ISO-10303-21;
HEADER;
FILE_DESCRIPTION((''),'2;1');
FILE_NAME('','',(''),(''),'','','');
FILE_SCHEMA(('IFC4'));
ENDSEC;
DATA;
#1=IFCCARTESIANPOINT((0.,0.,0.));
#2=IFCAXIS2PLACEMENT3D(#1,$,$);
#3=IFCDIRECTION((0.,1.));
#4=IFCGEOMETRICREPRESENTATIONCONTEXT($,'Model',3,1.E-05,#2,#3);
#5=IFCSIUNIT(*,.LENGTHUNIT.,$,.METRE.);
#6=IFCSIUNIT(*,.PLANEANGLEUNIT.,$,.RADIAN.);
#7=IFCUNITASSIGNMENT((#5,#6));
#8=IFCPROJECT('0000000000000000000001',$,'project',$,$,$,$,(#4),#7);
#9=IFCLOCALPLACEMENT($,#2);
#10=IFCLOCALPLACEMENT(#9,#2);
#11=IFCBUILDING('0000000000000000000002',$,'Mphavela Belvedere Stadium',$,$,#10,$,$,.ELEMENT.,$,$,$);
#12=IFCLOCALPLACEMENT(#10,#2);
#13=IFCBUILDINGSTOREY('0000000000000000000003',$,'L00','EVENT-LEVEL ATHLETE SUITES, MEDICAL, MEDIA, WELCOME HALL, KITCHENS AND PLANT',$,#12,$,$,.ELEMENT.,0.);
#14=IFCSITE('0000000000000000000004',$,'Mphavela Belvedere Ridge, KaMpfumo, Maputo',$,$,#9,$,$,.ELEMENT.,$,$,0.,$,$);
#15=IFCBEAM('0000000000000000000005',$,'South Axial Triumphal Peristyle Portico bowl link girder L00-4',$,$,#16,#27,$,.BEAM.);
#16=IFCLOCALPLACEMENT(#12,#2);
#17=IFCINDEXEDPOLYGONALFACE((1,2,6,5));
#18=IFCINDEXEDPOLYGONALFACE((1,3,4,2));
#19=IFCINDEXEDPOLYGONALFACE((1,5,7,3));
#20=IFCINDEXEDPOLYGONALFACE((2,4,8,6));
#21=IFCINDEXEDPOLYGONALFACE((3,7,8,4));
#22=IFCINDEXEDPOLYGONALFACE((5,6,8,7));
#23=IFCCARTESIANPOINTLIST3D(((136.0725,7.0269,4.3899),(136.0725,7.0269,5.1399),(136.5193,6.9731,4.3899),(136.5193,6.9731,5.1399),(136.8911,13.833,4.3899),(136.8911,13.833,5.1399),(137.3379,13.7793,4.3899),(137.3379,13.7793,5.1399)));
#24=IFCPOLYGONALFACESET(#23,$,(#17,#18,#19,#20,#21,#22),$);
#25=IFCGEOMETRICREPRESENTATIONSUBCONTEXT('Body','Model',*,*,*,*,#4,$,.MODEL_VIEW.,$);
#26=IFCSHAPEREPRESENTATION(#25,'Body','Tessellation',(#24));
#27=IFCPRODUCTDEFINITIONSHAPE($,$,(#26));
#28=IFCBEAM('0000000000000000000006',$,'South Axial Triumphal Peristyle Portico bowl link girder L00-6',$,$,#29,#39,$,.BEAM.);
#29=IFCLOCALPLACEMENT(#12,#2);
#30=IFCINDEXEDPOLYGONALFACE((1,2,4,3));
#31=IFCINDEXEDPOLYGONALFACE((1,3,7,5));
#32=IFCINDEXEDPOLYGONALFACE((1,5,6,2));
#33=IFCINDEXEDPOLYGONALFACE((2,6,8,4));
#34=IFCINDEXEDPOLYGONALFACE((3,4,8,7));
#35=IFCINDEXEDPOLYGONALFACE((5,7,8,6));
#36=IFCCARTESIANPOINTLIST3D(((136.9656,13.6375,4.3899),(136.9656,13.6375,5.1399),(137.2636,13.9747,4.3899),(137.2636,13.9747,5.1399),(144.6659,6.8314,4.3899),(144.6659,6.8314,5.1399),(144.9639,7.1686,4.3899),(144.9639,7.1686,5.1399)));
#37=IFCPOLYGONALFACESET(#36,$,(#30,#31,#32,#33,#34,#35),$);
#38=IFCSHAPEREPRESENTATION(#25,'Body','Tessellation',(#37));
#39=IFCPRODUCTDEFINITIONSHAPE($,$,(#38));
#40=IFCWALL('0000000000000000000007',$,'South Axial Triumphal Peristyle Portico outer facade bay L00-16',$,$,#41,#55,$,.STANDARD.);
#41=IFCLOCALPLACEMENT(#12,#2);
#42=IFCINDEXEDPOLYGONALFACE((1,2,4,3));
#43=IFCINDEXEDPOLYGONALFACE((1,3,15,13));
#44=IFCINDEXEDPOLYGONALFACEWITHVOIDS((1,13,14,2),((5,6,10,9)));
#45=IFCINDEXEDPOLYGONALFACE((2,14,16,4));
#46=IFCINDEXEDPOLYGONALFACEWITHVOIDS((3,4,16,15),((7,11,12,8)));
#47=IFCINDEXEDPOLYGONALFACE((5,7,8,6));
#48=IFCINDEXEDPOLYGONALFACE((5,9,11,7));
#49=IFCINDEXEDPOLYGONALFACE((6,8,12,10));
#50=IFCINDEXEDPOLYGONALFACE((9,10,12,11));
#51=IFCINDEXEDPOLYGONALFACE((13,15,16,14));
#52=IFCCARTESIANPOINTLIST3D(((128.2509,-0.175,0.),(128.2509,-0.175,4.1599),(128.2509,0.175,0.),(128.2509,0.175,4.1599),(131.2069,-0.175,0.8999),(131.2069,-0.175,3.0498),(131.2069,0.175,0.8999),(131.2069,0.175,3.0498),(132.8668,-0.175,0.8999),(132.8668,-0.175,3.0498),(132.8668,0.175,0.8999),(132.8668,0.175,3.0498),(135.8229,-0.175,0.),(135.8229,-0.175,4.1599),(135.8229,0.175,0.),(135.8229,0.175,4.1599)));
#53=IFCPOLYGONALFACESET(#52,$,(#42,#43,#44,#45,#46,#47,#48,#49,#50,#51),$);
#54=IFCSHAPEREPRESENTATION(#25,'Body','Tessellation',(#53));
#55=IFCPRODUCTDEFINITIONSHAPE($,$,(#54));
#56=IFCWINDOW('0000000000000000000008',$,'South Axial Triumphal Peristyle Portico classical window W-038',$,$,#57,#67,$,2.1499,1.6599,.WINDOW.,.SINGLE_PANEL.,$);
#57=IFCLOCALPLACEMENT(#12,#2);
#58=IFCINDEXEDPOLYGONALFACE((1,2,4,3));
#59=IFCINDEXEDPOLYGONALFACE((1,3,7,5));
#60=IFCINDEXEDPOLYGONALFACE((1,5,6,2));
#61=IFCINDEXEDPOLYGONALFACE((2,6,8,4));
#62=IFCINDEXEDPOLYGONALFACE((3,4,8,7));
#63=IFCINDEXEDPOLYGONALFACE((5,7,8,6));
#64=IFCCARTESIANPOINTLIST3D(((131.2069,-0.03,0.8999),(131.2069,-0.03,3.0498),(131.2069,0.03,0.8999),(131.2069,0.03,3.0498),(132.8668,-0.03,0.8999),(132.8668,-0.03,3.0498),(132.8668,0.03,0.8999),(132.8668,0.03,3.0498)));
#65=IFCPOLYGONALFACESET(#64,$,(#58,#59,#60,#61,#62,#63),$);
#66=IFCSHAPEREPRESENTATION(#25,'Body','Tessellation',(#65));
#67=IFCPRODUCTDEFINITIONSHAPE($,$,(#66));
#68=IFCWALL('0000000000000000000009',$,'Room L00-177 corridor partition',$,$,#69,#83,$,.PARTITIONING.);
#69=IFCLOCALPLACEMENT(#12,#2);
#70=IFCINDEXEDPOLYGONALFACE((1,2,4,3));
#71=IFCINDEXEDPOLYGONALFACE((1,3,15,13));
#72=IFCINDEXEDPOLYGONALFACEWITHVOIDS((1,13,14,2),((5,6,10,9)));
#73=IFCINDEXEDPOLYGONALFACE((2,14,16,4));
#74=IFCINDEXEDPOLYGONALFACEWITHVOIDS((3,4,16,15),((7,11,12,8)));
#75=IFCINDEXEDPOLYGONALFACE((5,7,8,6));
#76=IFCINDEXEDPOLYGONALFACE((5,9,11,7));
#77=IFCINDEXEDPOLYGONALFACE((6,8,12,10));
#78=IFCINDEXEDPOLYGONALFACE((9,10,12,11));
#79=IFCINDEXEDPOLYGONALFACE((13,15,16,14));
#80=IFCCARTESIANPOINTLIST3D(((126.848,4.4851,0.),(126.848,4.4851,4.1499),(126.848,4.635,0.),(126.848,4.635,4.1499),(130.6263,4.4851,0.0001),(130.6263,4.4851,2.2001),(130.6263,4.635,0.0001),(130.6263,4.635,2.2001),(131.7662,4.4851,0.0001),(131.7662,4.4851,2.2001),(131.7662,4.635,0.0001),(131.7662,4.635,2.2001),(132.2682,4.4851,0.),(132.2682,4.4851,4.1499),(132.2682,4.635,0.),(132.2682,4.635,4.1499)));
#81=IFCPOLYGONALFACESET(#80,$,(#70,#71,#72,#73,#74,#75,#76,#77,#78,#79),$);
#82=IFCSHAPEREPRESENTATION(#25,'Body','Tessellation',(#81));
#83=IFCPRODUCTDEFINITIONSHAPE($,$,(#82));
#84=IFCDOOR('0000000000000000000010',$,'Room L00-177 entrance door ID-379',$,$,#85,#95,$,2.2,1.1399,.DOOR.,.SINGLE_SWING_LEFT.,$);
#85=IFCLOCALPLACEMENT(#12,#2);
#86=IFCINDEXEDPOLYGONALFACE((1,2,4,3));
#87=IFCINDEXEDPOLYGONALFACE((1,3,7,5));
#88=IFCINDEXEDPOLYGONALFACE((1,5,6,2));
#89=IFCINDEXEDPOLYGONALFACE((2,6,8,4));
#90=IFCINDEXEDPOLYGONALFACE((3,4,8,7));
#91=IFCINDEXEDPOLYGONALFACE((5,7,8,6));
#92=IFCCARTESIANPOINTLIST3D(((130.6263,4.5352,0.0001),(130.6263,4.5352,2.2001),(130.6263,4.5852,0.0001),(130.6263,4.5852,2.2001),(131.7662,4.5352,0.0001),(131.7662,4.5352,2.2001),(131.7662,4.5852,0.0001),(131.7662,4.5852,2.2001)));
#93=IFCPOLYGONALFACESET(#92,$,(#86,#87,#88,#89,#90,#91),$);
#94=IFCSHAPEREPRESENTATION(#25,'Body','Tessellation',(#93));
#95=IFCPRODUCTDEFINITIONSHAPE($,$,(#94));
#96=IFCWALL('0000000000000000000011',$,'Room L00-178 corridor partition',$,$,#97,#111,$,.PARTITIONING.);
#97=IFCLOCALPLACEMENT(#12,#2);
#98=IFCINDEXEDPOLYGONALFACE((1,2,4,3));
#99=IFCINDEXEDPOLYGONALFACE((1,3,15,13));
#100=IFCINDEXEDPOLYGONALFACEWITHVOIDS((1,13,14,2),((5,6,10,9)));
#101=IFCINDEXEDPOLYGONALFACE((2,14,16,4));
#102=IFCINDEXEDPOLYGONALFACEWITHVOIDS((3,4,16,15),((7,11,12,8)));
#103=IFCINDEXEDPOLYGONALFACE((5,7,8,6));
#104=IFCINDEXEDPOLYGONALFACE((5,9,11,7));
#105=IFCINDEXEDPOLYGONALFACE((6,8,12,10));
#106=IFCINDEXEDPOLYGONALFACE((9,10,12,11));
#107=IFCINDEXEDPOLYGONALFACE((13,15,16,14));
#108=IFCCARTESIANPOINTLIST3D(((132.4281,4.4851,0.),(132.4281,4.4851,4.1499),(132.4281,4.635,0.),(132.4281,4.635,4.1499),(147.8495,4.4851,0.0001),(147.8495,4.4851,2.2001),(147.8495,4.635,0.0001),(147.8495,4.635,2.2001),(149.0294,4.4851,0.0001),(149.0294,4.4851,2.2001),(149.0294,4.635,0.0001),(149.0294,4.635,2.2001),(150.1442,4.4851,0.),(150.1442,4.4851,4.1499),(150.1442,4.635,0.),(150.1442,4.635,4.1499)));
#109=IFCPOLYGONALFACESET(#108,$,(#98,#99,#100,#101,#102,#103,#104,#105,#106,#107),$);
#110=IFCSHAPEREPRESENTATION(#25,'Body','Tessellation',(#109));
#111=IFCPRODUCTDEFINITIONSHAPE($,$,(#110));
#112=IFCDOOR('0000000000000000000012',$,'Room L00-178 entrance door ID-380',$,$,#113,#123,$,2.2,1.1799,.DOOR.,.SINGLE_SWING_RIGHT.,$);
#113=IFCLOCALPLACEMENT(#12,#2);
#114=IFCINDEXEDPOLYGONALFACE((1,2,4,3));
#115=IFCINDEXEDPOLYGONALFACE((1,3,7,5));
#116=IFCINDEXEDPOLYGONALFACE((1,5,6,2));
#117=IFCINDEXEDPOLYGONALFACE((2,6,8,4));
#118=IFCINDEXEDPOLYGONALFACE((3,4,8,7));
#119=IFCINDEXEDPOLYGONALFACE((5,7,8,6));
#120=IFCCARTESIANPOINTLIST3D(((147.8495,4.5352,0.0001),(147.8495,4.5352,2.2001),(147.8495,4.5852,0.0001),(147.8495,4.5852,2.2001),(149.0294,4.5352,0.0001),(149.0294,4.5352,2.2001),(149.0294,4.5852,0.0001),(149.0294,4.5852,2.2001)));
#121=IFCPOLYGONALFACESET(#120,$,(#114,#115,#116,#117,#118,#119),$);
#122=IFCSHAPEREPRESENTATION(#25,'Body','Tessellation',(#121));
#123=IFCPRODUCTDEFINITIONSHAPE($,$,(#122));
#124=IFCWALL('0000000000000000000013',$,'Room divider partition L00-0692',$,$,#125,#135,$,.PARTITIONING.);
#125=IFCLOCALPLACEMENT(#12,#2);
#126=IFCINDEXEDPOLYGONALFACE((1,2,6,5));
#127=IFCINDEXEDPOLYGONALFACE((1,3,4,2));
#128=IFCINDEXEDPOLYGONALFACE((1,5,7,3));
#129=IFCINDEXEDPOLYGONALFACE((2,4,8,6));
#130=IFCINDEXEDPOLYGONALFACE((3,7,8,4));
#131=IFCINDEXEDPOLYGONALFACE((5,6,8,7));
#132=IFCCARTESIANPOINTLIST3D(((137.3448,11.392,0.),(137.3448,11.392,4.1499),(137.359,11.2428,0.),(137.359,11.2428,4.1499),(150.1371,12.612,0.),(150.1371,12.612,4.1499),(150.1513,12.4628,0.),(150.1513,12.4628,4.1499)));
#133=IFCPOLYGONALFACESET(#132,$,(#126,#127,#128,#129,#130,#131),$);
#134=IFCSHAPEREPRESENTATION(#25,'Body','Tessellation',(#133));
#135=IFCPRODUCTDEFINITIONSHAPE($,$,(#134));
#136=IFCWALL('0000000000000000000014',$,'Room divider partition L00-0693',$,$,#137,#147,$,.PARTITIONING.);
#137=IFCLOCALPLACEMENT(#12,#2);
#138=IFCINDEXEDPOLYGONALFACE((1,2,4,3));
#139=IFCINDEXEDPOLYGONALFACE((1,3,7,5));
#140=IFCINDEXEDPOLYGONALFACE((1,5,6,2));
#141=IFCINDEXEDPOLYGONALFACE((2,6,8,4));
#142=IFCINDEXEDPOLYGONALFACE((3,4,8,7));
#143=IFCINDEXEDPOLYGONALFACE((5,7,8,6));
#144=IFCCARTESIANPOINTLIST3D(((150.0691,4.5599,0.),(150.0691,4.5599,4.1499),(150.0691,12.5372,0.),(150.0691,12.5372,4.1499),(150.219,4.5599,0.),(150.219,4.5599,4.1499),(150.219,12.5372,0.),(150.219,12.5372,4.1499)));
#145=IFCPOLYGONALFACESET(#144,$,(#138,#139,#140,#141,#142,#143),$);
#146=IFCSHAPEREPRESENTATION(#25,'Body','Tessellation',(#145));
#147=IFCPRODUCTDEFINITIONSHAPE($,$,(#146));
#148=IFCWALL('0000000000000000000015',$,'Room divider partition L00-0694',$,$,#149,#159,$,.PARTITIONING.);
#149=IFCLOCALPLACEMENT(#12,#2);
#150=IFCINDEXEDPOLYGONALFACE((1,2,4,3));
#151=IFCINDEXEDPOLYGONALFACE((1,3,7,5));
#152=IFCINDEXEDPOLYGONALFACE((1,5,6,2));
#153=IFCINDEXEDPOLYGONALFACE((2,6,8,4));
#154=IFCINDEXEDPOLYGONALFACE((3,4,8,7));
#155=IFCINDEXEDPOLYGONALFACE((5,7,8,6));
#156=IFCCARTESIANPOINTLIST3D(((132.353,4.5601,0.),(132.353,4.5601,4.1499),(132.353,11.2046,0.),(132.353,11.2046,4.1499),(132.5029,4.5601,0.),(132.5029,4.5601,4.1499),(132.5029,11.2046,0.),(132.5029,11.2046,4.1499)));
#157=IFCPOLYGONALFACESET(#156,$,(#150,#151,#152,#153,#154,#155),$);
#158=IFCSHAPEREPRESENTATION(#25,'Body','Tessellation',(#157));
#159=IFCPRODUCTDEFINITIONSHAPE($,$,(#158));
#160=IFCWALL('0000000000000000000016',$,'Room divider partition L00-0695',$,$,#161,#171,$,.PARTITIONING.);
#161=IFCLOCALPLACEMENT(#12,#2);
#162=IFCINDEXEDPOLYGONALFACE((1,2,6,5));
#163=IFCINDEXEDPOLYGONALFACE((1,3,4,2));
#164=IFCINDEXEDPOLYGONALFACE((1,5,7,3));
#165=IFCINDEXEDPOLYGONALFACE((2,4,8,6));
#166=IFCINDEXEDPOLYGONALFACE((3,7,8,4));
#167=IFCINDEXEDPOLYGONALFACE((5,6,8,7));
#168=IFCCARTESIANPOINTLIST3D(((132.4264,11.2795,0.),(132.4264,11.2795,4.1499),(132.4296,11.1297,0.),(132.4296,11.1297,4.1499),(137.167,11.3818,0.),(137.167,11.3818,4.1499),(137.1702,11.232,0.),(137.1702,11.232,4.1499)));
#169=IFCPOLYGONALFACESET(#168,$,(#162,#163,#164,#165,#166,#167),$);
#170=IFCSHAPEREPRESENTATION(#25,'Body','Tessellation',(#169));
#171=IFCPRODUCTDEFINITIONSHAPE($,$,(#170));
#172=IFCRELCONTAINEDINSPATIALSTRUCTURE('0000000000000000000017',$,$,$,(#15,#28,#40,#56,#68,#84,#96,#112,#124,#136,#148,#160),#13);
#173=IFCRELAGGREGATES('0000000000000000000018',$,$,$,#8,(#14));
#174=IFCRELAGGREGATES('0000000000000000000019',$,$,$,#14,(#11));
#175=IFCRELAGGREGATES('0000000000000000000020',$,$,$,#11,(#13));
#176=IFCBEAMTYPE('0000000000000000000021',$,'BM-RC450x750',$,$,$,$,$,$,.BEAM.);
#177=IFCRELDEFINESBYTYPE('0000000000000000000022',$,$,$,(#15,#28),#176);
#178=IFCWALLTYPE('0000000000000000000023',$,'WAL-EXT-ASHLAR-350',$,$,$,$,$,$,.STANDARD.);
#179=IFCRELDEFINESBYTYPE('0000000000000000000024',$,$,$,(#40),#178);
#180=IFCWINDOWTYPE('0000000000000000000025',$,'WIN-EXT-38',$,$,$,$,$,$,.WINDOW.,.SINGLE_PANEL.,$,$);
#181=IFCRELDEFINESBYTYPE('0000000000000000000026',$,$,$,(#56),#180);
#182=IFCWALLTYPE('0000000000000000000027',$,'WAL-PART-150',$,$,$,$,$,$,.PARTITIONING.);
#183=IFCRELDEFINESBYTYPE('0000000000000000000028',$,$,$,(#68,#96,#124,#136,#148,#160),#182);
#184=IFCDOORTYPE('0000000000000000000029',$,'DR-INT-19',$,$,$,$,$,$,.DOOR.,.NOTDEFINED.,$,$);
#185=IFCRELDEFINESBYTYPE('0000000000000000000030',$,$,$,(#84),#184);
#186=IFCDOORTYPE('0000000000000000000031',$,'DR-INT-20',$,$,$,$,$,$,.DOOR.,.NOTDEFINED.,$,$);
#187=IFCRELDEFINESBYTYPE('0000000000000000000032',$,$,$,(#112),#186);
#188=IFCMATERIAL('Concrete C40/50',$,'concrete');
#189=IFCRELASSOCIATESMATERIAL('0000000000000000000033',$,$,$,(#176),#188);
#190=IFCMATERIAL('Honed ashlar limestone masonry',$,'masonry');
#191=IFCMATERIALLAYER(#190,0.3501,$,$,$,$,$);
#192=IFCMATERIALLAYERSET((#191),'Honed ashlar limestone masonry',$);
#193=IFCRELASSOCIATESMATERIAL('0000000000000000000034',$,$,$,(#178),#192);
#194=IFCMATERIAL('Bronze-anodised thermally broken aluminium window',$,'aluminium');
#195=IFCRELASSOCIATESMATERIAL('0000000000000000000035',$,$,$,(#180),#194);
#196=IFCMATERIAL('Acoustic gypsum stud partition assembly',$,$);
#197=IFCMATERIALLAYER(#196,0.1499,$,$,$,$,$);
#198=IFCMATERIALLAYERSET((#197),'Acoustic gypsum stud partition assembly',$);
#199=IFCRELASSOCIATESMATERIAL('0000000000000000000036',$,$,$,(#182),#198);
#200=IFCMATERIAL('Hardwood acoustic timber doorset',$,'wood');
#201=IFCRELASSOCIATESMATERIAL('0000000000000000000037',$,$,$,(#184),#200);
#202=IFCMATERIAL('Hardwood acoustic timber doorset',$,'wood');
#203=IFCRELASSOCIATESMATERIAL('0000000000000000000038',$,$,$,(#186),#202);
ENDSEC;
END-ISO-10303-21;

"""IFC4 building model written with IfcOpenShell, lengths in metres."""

from ifc_helpers import new_model, si_unit, direction, frame, frame_2d, origin, origin_2d, place, context, subcontext, project, spatial, rectangle, extrude, material, layer, layer_set, material_profile, profile_set, type_object, element, fill, save


model = new_model("IFC4")

# Units and contexts
model_context = context("Model", 3, precision=1e-05, world=origin(), true_north=direction((0.0, 1.0)))
body_context = subcontext(model_context, "Body", "Model", "MODEL_VIEW")
ifc_project = project(units=[si_unit("LENGTHUNIT", "METRE"), si_unit("PLANEANGLEUNIT", "RADIAN")], contexts=[model_context])

# Site, building, storey
site_placement = place(None, origin())
site = spatial("IfcSite", under=ifc_project, at=site_placement, Name="Mphavela Belvedere Ridge, KaMpfumo, Maputo", CompositionType="ELEMENT", RefElevation=0.0)
building_placement = place(site_placement, origin())
building = spatial("IfcBuilding", under=site, at=building_placement, Name="Mphavela Belvedere Stadium", CompositionType="ELEMENT")
storey_placement = place(building_placement, origin())
storey = spatial("IfcBuildingStorey", under=building, at=storey_placement, Name="L00", Description="EVENT-LEVEL ATHLETE SUITES, MEDICAL, MEDIA, WELCOME HALL, KITCHENS AND PLANT", CompositionType="ELEMENT", Elevation=0.0)

# Beams
ifc_material_1 = material(Name="Concrete C40/50", Category="concrete")
ifc_material_profile_1 = material_profile(ifc_material_1, rectangle(XDim=0.45, YDim=0.75, at=origin_2d()), Name="RC 450x750")
ifc_profile_set_1 = profile_set([ifc_material_profile_1], Name="Concrete C40/50")
beam_type_1 = type_object("IfcBeamType", Name="BM-RC450x750", PredefinedType="BEAM", material=ifc_profile_set_1)
beam_1_placement = place(storey_placement, frame((136.2959, 7.0, 4.7649), z_axis=(0.119413, 0.992845, 0.0), x_axis=(-0.992845, 0.119413, 0.0)))
element("IfcBeam", 1, at=beam_1_placement, inside=storey, type_object=beam_type_1, Name="South Axial Triumphal Peristyle Portico bowl link girder L00-4", PredefinedType="BEAM", context=body_context, shape_type="SweptSolid", body=[
    extrude(rectangle(XDim=0.45, YDim=0.75, at=origin_2d()), origin(), (0.0, 0.0, 1.0), 6.8552),
])
beam_2_placement = place(storey_placement, frame((144.8149, 7.0, 4.7649), z_axis=(-0.749275, 0.662259, 0.0), x_axis=(-0.662259, -0.749275, 0.0)))
element("IfcBeam", 2, at=beam_2_placement, inside=storey, type_object=beam_type_1, Name="South Axial Triumphal Peristyle Portico bowl link girder L00-6", PredefinedType="BEAM", context=body_context, shape_type="SweptSolid", body=[
    extrude(rectangle(XDim=0.45, YDim=0.75, at=origin_2d()), origin(), (0.0, 0.0, 1.0), 10.2771),
])

# Wall, opening, window
ifc_material_2 = material(Name="Honed ashlar limestone masonry", Category="masonry")
ifc_layer_1 = layer(ifc_material_2, 0.3501)
ifc_layer_set_1 = layer_set([ifc_layer_1], Name="Honed ashlar limestone masonry")
wall_type_1 = type_object("IfcWallType", Name="WAL-EXT-ASHLAR-350", PredefinedType="STANDARD", material=ifc_layer_set_1)
wall_1_placement = place(storey_placement, frame((135.823, 0.0, 0.0), z_axis=(0.0, 0.0, 1.0), x_axis=(-1.0, 0.0, 0.0)))
wall_1 = element("IfcWall", 3, at=wall_1_placement, inside=storey, type_object=wall_type_1, Name="South Axial Triumphal Peristyle Portico outer facade bay L00-16", PredefinedType="STANDARD", context=body_context, shape_type="SweptSolid", body=[
    extrude(rectangle(XDim=7.572, YDim=0.3501, at=frame_2d((3.7861, 0.0))), origin(), (0.0, 0.0, 1.0), 4.1599),
])
opening_1_placement = place(wall_1_placement, frame((2.9561, 0.0, 0.8999)))
opening_1 = element("IfcOpeningElement", 4, at=opening_1_placement, cuts=wall_1, PredefinedType="OPENING", context=body_context, shape_type="SweptSolid", body=[
    extrude(rectangle(XDim=1.6599, YDim=2.1499, at=frame_2d((0.8301, 1.075))), frame((0.0, 0.1851, 0.0), z_axis=(0.0, -1.0, 0.0), x_axis=(1.0, 0.0, 0.0)), (0.0, 0.0, 1.0), 0.3701),
])
ifc_material_3 = material(Name="Bronze-anodised thermally broken aluminium window", Category="aluminium")
window_type = type_object("IfcWindowType", Name="WIN-EXT-38", PartitioningType="SINGLE_PANEL", PredefinedType="WINDOW", material=ifc_material_3)
window_placement = place(opening_1_placement, origin())
window = element("IfcWindow", 5, at=window_placement, inside=storey, type_object=window_type, Name="South Axial Triumphal Peristyle Portico classical window W-038", OverallHeight=2.1499, OverallWidth=1.6599, PartitioningType="SINGLE_PANEL", PredefinedType="WINDOW", context=body_context, shape_type="SweptSolid", body=[
    extrude(rectangle(XDim=1.6599, YDim=2.1499, at=frame_2d((0.8301, 1.075))), frame((0.0, 0.03, 0.0), z_axis=(0.0, -1.0, 0.0), x_axis=(1.0, 0.0, 0.0)), (0.0, 0.0, 1.0), 0.0601),
])
fill(opening_1, window)

# Walls, openings, doors
ifc_material_4 = material(Name="Acoustic gypsum stud partition assembly")
ifc_layer_2 = layer(ifc_material_4, 0.1499)
ifc_layer_set_2 = layer_set([ifc_layer_2], Name="Acoustic gypsum stud partition assembly")
wall_type_2 = type_object("IfcWallType", Name="WAL-PART-150", PredefinedType="PARTITIONING", material=ifc_layer_set_2)
wall_2_placement = place(storey_placement, frame((132.2681, 4.5601, 0.0), z_axis=(0.0, 0.0, 1.0), x_axis=(-1.0, 0.0, 0.0)))
wall_2 = element("IfcWall", 6, at=wall_2_placement, inside=storey, type_object=wall_type_2, Name="Room L00-177 corridor partition", PredefinedType="PARTITIONING", context=body_context, shape_type="SweptSolid", body=[
    extrude(rectangle(XDim=5.4202, YDim=0.1499, at=frame_2d((2.71, 0.0))), origin(), (0.0, 0.0, 1.0), 4.1499),
])
opening_2_placement = place(wall_2_placement, frame((0.502, 0.0, 0.0)))
opening_2 = element("IfcOpeningElement", 7, at=opening_2_placement, cuts=wall_2, PredefinedType="OPENING", context=body_context, shape_type="SweptSolid", body=[
    extrude(rectangle(XDim=1.1399, YDim=2.2, at=frame_2d((0.5698, 1.1001))), frame((0.0, 0.085, 0.0), z_axis=(0.0, -1.0, 0.0), x_axis=(1.0, 0.0, 0.0)), (0.0, 0.0, 1.0), 0.1699),
])
ifc_material_5 = material(Name="Hardwood acoustic timber doorset", Category="wood")
door_type_1 = type_object("IfcDoorType", Name="DR-INT-19", OperationType="NOTDEFINED", PredefinedType="DOOR", material=ifc_material_5)
door_1_placement = place(opening_2_placement, origin())
door_1 = element("IfcDoor", 8, at=door_1_placement, inside=storey, type_object=door_type_1, Name="Room L00-177 entrance door ID-379", OperationType="SINGLE_SWING_LEFT", OverallHeight=2.2, OverallWidth=1.1399, PredefinedType="DOOR", context=body_context, shape_type="SweptSolid", body=[
    extrude(rectangle(XDim=1.1399, YDim=2.2, at=frame_2d((0.5698, 1.1001))), frame((0.0, 0.0249, 0.0), z_axis=(0.0, -1.0, 0.0), x_axis=(1.0, 0.0, 0.0)), (0.0, 0.0, 1.0), 0.05),
])
fill(opening_2, door_1)
wall_3_placement = place(storey_placement, frame((150.144, 4.5601, 0.0), z_axis=(0.0, 0.0, 1.0), x_axis=(-1.0, 0.0, 0.0)))
wall_3 = element("IfcWall", 9, at=wall_3_placement, inside=storey, type_object=wall_type_2, Name="Room L00-178 corridor partition", PredefinedType="PARTITIONING", context=body_context, shape_type="SweptSolid", body=[
    extrude(rectangle(XDim=17.7161, YDim=0.1499, at=frame_2d((8.8579, 0.0))), origin(), (0.0, 0.0, 1.0), 4.1499),
])
opening_3_placement = place(wall_3_placement, frame((1.1147, 0.0, 0.0)))
opening_3 = element("IfcOpeningElement", 10, at=opening_3_placement, cuts=wall_3, PredefinedType="OPENING", context=body_context, shape_type="SweptSolid", body=[
    extrude(rectangle(XDim=1.1799, YDim=2.2, at=frame_2d((0.5898, 1.1001))), frame((0.0, 0.085, 0.0), z_axis=(0.0, -1.0, 0.0), x_axis=(1.0, 0.0, 0.0)), (0.0, 0.0, 1.0), 0.1699),
])
ifc_material_6 = material(Name="Hardwood acoustic timber doorset", Category="wood")
door_type_2 = type_object("IfcDoorType", Name="DR-INT-20", OperationType="NOTDEFINED", PredefinedType="DOOR", material=ifc_material_6)
door_2_placement = place(opening_3_placement, origin())
door_2 = element("IfcDoor", 11, at=door_2_placement, inside=storey, type_object=door_type_2, Name="Room L00-178 entrance door ID-380", OperationType="SINGLE_SWING_RIGHT", OverallHeight=2.2, OverallWidth=1.1799, PredefinedType="DOOR", context=body_context, shape_type="SweptSolid", body=[
    extrude(rectangle(XDim=1.1799, YDim=2.2, at=frame_2d((0.5898, 1.1001))), frame((0.0, 0.0249, 0.0), z_axis=(0.0, -1.0, 0.0), x_axis=(1.0, 0.0, 0.0)), (0.0, 0.0, 1.0), 0.05),
])
fill(opening_3, door_2)

# Walls
wall_4_placement = place(storey_placement, frame((137.3518, 11.3174, 0.0), z_axis=(0.0, 0.0, 1.0), x_axis=(0.995483, 0.094937, 0.0)))
element("IfcWall", 12, at=wall_4_placement, inside=storey, type_object=wall_type_2, Name="Room divider partition L00-0692", PredefinedType="PARTITIONING", context=body_context, shape_type="SweptSolid", body=[
    extrude(rectangle(XDim=12.8503, YDim=0.1499, at=frame_2d((6.4253, 0.0))), origin(), (0.0, 0.0, 1.0), 4.1499),
])
wall_5_placement = place(storey_placement, frame((150.144, 12.5374, 0.0), z_axis=(0.0, 0.0, 1.0), x_axis=(0.0, -1.0, 0.0)))
element("IfcWall", 13, at=wall_5_placement, inside=storey, type_object=wall_type_2, Name="Room divider partition L00-0693", PredefinedType="PARTITIONING", context=body_context, shape_type="SweptSolid", body=[
    extrude(rectangle(XDim=7.9773, YDim=0.1499, at=frame_2d((3.9888, 0.0))), origin(), (0.0, 0.0, 1.0), 4.1499),
])
wall_6_placement = place(storey_placement, frame((132.428, 4.5601, 0.0), z_axis=(0.0, 0.0, 1.0), x_axis=(0.0, 1.0, 0.0)))
element("IfcWall", 14, at=wall_6_placement, inside=storey, type_object=wall_type_2, Name="Room divider partition L00-0694", PredefinedType="PARTITIONING", context=body_context, shape_type="SweptSolid", body=[
    extrude(rectangle(XDim=6.6445, YDim=0.1499, at=frame_2d((3.3223, 0.0))), origin(), (0.0, 0.0, 1.0), 4.1499),
])
wall_7_placement = place(storey_placement, frame((132.428, 11.2046, 0.0), z_axis=(0.0, 0.0, 1.0), x_axis=(0.999767, 0.021574, 0.0)))
element("IfcWall", 15, at=wall_7_placement, inside=storey, type_object=wall_type_2, Name="Room divider partition L00-0695", PredefinedType="PARTITIONING", context=body_context, shape_type="SweptSolid", body=[
    extrude(rectangle(XDim=4.7417, YDim=0.1499, at=frame_2d((2.3708, 0.0))), origin(), (0.0, 0.0, 1.0), 4.1499),
])

save(model, "model.ifc")
